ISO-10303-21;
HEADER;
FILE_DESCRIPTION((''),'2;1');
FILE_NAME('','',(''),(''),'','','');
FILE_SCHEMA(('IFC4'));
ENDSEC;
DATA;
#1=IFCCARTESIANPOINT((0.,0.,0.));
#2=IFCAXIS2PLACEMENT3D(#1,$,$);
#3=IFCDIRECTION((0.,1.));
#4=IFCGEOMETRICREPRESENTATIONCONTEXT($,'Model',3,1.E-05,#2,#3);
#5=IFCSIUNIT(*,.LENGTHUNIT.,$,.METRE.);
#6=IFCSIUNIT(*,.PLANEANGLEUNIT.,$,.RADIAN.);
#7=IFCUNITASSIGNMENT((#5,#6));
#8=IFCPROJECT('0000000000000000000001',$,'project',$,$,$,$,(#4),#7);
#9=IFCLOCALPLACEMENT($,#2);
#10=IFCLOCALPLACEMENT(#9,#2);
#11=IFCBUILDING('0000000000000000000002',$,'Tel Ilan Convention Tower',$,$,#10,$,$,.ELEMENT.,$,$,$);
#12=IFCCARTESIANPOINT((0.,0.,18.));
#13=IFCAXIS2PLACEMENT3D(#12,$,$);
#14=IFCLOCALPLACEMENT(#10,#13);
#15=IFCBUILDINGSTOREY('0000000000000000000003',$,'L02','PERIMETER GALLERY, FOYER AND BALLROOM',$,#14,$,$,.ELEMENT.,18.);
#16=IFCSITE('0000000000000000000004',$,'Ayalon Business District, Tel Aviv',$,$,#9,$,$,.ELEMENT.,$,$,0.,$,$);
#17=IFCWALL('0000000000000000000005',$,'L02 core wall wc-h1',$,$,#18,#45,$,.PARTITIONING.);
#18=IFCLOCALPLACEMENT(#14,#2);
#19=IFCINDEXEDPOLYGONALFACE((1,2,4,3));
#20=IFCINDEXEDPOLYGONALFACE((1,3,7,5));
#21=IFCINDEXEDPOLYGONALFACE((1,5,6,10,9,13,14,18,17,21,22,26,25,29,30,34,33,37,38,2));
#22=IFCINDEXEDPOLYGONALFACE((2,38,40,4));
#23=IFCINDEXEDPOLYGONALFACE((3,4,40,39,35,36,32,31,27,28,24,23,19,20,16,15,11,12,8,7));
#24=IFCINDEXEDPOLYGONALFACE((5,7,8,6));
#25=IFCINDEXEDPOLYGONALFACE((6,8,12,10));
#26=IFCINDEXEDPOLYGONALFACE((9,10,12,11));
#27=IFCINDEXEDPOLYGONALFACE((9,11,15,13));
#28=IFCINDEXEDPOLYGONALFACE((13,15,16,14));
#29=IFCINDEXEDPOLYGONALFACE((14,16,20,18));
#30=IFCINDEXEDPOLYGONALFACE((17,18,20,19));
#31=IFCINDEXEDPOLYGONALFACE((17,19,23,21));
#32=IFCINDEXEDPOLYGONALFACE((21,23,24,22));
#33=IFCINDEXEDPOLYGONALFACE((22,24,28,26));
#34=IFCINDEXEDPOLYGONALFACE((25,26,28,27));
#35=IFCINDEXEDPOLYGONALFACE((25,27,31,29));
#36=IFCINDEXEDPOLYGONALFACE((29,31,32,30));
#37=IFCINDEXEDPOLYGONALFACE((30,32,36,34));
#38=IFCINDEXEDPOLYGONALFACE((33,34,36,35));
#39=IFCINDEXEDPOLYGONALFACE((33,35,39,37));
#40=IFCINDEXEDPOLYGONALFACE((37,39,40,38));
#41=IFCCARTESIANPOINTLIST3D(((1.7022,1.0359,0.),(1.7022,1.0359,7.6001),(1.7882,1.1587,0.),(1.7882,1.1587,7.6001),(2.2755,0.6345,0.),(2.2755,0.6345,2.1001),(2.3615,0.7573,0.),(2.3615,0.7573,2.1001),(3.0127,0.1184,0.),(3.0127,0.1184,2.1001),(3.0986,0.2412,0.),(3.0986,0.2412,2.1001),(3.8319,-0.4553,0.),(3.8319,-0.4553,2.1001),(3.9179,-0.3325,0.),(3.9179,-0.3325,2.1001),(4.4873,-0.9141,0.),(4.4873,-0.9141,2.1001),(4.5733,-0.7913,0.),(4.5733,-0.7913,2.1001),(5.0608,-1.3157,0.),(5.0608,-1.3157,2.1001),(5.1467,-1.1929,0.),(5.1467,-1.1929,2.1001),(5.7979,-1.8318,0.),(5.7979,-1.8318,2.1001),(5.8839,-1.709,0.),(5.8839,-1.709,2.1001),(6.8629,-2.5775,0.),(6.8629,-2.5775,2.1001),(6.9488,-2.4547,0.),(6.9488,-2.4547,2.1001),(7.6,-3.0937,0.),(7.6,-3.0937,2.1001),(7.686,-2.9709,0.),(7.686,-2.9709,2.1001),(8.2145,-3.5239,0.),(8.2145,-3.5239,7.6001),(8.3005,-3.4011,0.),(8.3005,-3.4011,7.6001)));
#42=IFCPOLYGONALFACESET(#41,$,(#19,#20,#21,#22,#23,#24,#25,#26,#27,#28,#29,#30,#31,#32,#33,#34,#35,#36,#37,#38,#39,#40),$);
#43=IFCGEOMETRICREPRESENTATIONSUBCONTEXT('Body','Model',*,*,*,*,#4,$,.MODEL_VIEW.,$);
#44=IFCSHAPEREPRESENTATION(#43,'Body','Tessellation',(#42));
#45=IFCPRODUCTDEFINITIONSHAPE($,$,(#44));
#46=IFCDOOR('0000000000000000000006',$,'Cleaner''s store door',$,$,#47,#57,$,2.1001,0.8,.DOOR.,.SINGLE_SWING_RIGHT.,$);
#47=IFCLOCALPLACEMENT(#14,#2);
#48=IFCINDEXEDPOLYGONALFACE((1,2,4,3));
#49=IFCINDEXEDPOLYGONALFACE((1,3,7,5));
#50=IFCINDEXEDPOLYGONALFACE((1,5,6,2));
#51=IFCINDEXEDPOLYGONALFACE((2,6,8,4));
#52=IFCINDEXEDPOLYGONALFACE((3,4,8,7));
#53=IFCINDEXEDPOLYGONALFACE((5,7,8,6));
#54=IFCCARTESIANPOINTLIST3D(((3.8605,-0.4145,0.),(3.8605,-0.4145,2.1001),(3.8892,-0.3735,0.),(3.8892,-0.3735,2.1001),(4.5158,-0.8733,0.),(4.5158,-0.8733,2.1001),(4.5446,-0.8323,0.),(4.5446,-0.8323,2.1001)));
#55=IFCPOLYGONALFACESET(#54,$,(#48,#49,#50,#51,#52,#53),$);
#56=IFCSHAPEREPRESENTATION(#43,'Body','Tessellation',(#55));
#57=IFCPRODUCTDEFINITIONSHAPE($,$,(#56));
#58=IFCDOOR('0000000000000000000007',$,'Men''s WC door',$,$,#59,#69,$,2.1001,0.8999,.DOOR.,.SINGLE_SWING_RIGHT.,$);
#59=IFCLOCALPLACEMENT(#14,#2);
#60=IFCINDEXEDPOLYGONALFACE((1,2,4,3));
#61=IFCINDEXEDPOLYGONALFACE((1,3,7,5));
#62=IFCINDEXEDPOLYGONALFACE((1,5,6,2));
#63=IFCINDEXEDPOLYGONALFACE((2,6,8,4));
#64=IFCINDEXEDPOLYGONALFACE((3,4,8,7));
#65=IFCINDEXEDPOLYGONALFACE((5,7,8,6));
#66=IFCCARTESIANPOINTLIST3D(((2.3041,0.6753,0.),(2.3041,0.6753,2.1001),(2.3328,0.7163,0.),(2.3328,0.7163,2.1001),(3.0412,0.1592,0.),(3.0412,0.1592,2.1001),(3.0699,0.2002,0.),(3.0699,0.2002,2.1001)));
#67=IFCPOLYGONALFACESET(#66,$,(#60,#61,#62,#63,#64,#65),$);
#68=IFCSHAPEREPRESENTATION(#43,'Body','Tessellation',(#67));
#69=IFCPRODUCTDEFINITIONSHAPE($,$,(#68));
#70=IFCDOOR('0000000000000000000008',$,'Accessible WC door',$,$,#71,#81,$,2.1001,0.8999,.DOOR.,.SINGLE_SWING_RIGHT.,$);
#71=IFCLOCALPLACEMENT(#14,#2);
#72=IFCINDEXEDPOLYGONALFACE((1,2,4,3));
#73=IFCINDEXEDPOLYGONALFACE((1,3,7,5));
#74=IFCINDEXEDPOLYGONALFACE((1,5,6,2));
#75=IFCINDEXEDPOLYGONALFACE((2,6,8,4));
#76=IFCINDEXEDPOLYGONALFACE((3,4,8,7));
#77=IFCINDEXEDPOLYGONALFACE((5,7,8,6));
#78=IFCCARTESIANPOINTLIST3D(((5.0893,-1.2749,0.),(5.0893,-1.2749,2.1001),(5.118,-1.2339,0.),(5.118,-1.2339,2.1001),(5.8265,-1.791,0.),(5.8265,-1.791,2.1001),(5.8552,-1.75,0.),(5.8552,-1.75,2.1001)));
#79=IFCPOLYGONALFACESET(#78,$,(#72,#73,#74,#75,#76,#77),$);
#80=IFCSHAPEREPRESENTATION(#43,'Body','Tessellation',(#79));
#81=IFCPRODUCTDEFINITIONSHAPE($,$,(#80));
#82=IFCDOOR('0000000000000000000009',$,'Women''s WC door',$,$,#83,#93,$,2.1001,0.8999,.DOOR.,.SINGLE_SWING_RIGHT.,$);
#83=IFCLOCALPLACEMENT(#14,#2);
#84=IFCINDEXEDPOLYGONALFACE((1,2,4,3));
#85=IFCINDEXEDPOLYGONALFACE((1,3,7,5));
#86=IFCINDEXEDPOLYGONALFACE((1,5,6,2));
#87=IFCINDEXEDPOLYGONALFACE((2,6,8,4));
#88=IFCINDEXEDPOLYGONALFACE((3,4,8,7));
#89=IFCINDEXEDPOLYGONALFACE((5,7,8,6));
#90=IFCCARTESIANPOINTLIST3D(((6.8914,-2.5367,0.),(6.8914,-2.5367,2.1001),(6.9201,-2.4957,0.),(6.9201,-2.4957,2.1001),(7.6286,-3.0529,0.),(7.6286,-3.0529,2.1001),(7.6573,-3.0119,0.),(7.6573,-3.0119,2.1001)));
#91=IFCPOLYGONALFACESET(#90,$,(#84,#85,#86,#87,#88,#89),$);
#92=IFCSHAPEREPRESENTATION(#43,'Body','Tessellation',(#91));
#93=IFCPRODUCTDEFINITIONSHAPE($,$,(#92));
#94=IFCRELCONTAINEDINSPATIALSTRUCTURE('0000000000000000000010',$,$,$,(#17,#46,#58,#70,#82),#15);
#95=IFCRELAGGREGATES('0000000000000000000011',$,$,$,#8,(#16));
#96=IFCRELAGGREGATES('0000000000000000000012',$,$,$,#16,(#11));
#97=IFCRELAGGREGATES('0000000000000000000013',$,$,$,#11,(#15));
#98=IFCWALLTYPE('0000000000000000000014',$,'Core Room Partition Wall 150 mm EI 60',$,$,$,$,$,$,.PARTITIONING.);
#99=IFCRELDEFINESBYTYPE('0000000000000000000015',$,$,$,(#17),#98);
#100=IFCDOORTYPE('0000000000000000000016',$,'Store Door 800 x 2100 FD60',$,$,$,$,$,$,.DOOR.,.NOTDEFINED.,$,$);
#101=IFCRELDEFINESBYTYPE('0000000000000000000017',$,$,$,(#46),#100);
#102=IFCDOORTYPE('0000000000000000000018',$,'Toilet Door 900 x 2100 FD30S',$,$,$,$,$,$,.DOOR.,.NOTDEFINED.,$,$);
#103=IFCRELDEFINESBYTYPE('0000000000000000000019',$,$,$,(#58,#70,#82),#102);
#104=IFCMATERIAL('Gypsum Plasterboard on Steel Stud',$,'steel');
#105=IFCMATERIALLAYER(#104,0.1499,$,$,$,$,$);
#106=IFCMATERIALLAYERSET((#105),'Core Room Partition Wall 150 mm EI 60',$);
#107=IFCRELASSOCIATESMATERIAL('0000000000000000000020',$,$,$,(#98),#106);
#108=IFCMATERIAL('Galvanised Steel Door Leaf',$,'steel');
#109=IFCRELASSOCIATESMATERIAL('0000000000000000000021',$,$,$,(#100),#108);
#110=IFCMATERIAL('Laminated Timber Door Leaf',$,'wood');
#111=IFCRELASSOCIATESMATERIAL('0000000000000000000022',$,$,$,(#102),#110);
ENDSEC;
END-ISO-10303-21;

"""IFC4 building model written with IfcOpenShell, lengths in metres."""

from ifc_helpers import new_model, si_unit, direction, frame, frame_2d, origin, place, context, subcontext, project, spatial, rectangle, extrude, material, layer, layer_set, type_object, element, fill, save


model = new_model("IFC4")

# Units and contexts
model_context = context("Model", 3, precision=1e-05, world=origin(), true_north=direction((0.0, 1.0)))
body_context = subcontext(model_context, "Body", "Model", "MODEL_VIEW")
ifc_project = project(units=[si_unit("LENGTHUNIT", "METRE"), si_unit("PLANEANGLEUNIT", "RADIAN")], contexts=[model_context])

# Site, building, storey
site_placement = place(None, origin())
site = spatial("IfcSite", under=ifc_project, at=site_placement, Name="Ayalon Business District, Tel Aviv", CompositionType="ELEMENT", RefElevation=0.0)
building_placement = place(site_placement, origin())
building = spatial("IfcBuilding", under=site, at=building_placement, Name="Tel Ilan Convention Tower", CompositionType="ELEMENT")
storey_placement = place(building_placement, frame((0.0, 0.0, 18.0)))
storey = spatial("IfcBuildingStorey", under=building, at=storey_placement, Name="L02", Description="PERIMETER GALLERY, FOYER AND BALLROOM", CompositionType="ELEMENT", Elevation=18.0)

# Wall, openings, doors
ifc_material_1 = material(Name="Gypsum Plasterboard on Steel Stud", Category="steel")
ifc_layer_1 = layer(ifc_material_1, 0.1499)
ifc_layer_set_1 = layer_set([ifc_layer_1], Name="Core Room Partition Wall 150 mm EI 60")
wall_type = type_object("IfcWallType", Name="Core Room Partition Wall 150 mm EI 60", PredefinedType="PARTITIONING", material=ifc_layer_set_1)
wall_placement = place(storey_placement, frame((1.7451, 1.0974, 0.0), z_axis=(0.0, 0.0, 1.0), x_axis=(0.819157, -0.57357, 0.0)))
wall = element("IfcWall", 1, at=wall_placement, inside=storey, type_object=wall_type, Name="L02 core wall wc-h1", PredefinedType="PARTITIONING", context=body_context, shape_type="SweptSolid", body=[
    extrude(rectangle(XDim=7.95, YDim=0.1499, at=frame_2d((3.9751, 0.0))), origin(), (0.0, 0.0, 1.0), 7.6001),
])
opening_1_placement = place(wall_placement, frame((0.7, 0.0, 0.0)))
opening_1 = element("IfcOpeningElement", 2, at=opening_1_placement, cuts=wall, PredefinedType="OPENING", context=body_context, shape_type="SweptSolid", body=[
    extrude(rectangle(XDim=0.8999, YDim=2.1001, at=frame_2d((0.45, 1.05))), frame((0.0, 0.085, 0.0), z_axis=(0.0, -1.0, 0.0), x_axis=(1.0, 0.0, 0.0)), (0.0, 0.0, 1.0), 0.1699),
])
opening_2_placement = place(wall_placement, frame((2.6001, 0.0, 0.0)))
opening_2 = element("IfcOpeningElement", 3, at=opening_2_placement, cuts=wall, PredefinedType="OPENING", context=body_context, shape_type="SweptSolid", body=[
    extrude(rectangle(XDim=0.8, YDim=2.1001, at=frame_2d((0.3999, 1.05))), frame((0.0, 0.085, 0.0), z_axis=(0.0, -1.0, 0.0), x_axis=(1.0, 0.0, 0.0)), (0.0, 0.0, 1.0), 0.1699),
])
opening_3_placement = place(wall_placement, frame((4.1001, 0.0, 0.0)))
opening_3 = element("IfcOpeningElement", 4, at=opening_3_placement, cuts=wall, PredefinedType="OPENING", context=body_context, shape_type="SweptSolid", body=[
    extrude(rectangle(XDim=0.8999, YDim=2.1001, at=frame_2d((0.45, 1.05))), frame((0.0, 0.085, 0.0), z_axis=(0.0, -1.0, 0.0), x_axis=(1.0, 0.0, 0.0)), (0.0, 0.0, 1.0), 0.1699),
])
opening_4_placement = place(wall_placement, frame((6.3, 0.0, 0.0)))
opening_4 = element("IfcOpeningElement", 5, at=opening_4_placement, cuts=wall, PredefinedType="OPENING", context=body_context, shape_type="SweptSolid", body=[
    extrude(rectangle(XDim=0.8999, YDim=2.1001, at=frame_2d((0.45, 1.05))), frame((0.0, 0.085, 0.0), z_axis=(0.0, -1.0, 0.0), x_axis=(1.0, 0.0, 0.0)), (0.0, 0.0, 1.0), 0.1699),
])
ifc_material_2 = material(Name="Galvanised Steel Door Leaf", Category="steel")
door_type_1 = type_object("IfcDoorType", Name="Store Door 800 x 2100 FD60", OperationType="NOTDEFINED", PredefinedType="DOOR", material=ifc_material_2)
door_1_placement = place(opening_2_placement, origin())
door_1 = element("IfcDoor", 6, at=door_1_placement, inside=storey, type_object=door_type_1, Name="Cleaner's store door", OperationType="SINGLE_SWING_RIGHT", OverallHeight=2.1001, OverallWidth=0.8, PredefinedType="DOOR", context=body_context, shape_type="SweptSolid", body=[
    extrude(rectangle(XDim=0.8, YDim=2.1001, at=frame_2d((0.3999, 1.05))), frame((0.0, 0.0249, 0.0), z_axis=(0.0, -1.0, 0.0), x_axis=(1.0, 0.0, 0.0)), (0.0, 0.0, 1.0), 0.05),
])
fill(opening_2, door_1)
ifc_material_3 = material(Name="Laminated Timber Door Leaf", Category="wood")
door_type_2 = type_object("IfcDoorType", Name="Toilet Door 900 x 2100 FD30S", OperationType="NOTDEFINED", PredefinedType="DOOR", material=ifc_material_3)
door_2_placement = place(opening_1_placement, origin())
door_2 = element("IfcDoor", 7, at=door_2_placement, inside=storey, type_object=door_type_2, Name="Men's WC door", OperationType="SINGLE_SWING_RIGHT", OverallHeight=2.1001, OverallWidth=0.8999, PredefinedType="DOOR", context=body_context, shape_type="SweptSolid", body=[
    extrude(rectangle(XDim=0.8999, YDim=2.1001, at=frame_2d((0.45, 1.05))), frame((0.0, 0.0249, 0.0), z_axis=(0.0, -1.0, 0.0), x_axis=(1.0, 0.0, 0.0)), (0.0, 0.0, 1.0), 0.05),
])
fill(opening_1, door_2)
door_3_placement = place(opening_3_placement, origin())
door_3 = element("IfcDoor", 8, at=door_3_placement, inside=storey, type_object=door_type_2, Name="Accessible WC door", OperationType="SINGLE_SWING_RIGHT", OverallHeight=2.1001, OverallWidth=0.8999, PredefinedType="DOOR", context=body_context, shape_type="SweptSolid", body=[
    extrude(rectangle(XDim=0.8999, YDim=2.1001, at=frame_2d((0.45, 1.05))), frame((0.0, 0.0249, 0.0), z_axis=(0.0, -1.0, 0.0), x_axis=(1.0, 0.0, 0.0)), (0.0, 0.0, 1.0), 0.05),
])
fill(opening_3, door_3)
door_4_placement = place(opening_4_placement, origin())
door_4 = element("IfcDoor", 9, at=door_4_placement, inside=storey, type_object=door_type_2, Name="Women's WC door", OperationType="SINGLE_SWING_RIGHT", OverallHeight=2.1001, OverallWidth=0.8999, PredefinedType="DOOR", context=body_context, shape_type="SweptSolid", body=[
    extrude(rectangle(XDim=0.8999, YDim=2.1001, at=frame_2d((0.45, 1.05))), frame((0.0, 0.0249, 0.0), z_axis=(0.0, -1.0, 0.0), x_axis=(1.0, 0.0, 0.0)), (0.0, 0.0, 1.0), 0.05),
])
fill(opening_4, door_4)

save(model, "model.ifc")
